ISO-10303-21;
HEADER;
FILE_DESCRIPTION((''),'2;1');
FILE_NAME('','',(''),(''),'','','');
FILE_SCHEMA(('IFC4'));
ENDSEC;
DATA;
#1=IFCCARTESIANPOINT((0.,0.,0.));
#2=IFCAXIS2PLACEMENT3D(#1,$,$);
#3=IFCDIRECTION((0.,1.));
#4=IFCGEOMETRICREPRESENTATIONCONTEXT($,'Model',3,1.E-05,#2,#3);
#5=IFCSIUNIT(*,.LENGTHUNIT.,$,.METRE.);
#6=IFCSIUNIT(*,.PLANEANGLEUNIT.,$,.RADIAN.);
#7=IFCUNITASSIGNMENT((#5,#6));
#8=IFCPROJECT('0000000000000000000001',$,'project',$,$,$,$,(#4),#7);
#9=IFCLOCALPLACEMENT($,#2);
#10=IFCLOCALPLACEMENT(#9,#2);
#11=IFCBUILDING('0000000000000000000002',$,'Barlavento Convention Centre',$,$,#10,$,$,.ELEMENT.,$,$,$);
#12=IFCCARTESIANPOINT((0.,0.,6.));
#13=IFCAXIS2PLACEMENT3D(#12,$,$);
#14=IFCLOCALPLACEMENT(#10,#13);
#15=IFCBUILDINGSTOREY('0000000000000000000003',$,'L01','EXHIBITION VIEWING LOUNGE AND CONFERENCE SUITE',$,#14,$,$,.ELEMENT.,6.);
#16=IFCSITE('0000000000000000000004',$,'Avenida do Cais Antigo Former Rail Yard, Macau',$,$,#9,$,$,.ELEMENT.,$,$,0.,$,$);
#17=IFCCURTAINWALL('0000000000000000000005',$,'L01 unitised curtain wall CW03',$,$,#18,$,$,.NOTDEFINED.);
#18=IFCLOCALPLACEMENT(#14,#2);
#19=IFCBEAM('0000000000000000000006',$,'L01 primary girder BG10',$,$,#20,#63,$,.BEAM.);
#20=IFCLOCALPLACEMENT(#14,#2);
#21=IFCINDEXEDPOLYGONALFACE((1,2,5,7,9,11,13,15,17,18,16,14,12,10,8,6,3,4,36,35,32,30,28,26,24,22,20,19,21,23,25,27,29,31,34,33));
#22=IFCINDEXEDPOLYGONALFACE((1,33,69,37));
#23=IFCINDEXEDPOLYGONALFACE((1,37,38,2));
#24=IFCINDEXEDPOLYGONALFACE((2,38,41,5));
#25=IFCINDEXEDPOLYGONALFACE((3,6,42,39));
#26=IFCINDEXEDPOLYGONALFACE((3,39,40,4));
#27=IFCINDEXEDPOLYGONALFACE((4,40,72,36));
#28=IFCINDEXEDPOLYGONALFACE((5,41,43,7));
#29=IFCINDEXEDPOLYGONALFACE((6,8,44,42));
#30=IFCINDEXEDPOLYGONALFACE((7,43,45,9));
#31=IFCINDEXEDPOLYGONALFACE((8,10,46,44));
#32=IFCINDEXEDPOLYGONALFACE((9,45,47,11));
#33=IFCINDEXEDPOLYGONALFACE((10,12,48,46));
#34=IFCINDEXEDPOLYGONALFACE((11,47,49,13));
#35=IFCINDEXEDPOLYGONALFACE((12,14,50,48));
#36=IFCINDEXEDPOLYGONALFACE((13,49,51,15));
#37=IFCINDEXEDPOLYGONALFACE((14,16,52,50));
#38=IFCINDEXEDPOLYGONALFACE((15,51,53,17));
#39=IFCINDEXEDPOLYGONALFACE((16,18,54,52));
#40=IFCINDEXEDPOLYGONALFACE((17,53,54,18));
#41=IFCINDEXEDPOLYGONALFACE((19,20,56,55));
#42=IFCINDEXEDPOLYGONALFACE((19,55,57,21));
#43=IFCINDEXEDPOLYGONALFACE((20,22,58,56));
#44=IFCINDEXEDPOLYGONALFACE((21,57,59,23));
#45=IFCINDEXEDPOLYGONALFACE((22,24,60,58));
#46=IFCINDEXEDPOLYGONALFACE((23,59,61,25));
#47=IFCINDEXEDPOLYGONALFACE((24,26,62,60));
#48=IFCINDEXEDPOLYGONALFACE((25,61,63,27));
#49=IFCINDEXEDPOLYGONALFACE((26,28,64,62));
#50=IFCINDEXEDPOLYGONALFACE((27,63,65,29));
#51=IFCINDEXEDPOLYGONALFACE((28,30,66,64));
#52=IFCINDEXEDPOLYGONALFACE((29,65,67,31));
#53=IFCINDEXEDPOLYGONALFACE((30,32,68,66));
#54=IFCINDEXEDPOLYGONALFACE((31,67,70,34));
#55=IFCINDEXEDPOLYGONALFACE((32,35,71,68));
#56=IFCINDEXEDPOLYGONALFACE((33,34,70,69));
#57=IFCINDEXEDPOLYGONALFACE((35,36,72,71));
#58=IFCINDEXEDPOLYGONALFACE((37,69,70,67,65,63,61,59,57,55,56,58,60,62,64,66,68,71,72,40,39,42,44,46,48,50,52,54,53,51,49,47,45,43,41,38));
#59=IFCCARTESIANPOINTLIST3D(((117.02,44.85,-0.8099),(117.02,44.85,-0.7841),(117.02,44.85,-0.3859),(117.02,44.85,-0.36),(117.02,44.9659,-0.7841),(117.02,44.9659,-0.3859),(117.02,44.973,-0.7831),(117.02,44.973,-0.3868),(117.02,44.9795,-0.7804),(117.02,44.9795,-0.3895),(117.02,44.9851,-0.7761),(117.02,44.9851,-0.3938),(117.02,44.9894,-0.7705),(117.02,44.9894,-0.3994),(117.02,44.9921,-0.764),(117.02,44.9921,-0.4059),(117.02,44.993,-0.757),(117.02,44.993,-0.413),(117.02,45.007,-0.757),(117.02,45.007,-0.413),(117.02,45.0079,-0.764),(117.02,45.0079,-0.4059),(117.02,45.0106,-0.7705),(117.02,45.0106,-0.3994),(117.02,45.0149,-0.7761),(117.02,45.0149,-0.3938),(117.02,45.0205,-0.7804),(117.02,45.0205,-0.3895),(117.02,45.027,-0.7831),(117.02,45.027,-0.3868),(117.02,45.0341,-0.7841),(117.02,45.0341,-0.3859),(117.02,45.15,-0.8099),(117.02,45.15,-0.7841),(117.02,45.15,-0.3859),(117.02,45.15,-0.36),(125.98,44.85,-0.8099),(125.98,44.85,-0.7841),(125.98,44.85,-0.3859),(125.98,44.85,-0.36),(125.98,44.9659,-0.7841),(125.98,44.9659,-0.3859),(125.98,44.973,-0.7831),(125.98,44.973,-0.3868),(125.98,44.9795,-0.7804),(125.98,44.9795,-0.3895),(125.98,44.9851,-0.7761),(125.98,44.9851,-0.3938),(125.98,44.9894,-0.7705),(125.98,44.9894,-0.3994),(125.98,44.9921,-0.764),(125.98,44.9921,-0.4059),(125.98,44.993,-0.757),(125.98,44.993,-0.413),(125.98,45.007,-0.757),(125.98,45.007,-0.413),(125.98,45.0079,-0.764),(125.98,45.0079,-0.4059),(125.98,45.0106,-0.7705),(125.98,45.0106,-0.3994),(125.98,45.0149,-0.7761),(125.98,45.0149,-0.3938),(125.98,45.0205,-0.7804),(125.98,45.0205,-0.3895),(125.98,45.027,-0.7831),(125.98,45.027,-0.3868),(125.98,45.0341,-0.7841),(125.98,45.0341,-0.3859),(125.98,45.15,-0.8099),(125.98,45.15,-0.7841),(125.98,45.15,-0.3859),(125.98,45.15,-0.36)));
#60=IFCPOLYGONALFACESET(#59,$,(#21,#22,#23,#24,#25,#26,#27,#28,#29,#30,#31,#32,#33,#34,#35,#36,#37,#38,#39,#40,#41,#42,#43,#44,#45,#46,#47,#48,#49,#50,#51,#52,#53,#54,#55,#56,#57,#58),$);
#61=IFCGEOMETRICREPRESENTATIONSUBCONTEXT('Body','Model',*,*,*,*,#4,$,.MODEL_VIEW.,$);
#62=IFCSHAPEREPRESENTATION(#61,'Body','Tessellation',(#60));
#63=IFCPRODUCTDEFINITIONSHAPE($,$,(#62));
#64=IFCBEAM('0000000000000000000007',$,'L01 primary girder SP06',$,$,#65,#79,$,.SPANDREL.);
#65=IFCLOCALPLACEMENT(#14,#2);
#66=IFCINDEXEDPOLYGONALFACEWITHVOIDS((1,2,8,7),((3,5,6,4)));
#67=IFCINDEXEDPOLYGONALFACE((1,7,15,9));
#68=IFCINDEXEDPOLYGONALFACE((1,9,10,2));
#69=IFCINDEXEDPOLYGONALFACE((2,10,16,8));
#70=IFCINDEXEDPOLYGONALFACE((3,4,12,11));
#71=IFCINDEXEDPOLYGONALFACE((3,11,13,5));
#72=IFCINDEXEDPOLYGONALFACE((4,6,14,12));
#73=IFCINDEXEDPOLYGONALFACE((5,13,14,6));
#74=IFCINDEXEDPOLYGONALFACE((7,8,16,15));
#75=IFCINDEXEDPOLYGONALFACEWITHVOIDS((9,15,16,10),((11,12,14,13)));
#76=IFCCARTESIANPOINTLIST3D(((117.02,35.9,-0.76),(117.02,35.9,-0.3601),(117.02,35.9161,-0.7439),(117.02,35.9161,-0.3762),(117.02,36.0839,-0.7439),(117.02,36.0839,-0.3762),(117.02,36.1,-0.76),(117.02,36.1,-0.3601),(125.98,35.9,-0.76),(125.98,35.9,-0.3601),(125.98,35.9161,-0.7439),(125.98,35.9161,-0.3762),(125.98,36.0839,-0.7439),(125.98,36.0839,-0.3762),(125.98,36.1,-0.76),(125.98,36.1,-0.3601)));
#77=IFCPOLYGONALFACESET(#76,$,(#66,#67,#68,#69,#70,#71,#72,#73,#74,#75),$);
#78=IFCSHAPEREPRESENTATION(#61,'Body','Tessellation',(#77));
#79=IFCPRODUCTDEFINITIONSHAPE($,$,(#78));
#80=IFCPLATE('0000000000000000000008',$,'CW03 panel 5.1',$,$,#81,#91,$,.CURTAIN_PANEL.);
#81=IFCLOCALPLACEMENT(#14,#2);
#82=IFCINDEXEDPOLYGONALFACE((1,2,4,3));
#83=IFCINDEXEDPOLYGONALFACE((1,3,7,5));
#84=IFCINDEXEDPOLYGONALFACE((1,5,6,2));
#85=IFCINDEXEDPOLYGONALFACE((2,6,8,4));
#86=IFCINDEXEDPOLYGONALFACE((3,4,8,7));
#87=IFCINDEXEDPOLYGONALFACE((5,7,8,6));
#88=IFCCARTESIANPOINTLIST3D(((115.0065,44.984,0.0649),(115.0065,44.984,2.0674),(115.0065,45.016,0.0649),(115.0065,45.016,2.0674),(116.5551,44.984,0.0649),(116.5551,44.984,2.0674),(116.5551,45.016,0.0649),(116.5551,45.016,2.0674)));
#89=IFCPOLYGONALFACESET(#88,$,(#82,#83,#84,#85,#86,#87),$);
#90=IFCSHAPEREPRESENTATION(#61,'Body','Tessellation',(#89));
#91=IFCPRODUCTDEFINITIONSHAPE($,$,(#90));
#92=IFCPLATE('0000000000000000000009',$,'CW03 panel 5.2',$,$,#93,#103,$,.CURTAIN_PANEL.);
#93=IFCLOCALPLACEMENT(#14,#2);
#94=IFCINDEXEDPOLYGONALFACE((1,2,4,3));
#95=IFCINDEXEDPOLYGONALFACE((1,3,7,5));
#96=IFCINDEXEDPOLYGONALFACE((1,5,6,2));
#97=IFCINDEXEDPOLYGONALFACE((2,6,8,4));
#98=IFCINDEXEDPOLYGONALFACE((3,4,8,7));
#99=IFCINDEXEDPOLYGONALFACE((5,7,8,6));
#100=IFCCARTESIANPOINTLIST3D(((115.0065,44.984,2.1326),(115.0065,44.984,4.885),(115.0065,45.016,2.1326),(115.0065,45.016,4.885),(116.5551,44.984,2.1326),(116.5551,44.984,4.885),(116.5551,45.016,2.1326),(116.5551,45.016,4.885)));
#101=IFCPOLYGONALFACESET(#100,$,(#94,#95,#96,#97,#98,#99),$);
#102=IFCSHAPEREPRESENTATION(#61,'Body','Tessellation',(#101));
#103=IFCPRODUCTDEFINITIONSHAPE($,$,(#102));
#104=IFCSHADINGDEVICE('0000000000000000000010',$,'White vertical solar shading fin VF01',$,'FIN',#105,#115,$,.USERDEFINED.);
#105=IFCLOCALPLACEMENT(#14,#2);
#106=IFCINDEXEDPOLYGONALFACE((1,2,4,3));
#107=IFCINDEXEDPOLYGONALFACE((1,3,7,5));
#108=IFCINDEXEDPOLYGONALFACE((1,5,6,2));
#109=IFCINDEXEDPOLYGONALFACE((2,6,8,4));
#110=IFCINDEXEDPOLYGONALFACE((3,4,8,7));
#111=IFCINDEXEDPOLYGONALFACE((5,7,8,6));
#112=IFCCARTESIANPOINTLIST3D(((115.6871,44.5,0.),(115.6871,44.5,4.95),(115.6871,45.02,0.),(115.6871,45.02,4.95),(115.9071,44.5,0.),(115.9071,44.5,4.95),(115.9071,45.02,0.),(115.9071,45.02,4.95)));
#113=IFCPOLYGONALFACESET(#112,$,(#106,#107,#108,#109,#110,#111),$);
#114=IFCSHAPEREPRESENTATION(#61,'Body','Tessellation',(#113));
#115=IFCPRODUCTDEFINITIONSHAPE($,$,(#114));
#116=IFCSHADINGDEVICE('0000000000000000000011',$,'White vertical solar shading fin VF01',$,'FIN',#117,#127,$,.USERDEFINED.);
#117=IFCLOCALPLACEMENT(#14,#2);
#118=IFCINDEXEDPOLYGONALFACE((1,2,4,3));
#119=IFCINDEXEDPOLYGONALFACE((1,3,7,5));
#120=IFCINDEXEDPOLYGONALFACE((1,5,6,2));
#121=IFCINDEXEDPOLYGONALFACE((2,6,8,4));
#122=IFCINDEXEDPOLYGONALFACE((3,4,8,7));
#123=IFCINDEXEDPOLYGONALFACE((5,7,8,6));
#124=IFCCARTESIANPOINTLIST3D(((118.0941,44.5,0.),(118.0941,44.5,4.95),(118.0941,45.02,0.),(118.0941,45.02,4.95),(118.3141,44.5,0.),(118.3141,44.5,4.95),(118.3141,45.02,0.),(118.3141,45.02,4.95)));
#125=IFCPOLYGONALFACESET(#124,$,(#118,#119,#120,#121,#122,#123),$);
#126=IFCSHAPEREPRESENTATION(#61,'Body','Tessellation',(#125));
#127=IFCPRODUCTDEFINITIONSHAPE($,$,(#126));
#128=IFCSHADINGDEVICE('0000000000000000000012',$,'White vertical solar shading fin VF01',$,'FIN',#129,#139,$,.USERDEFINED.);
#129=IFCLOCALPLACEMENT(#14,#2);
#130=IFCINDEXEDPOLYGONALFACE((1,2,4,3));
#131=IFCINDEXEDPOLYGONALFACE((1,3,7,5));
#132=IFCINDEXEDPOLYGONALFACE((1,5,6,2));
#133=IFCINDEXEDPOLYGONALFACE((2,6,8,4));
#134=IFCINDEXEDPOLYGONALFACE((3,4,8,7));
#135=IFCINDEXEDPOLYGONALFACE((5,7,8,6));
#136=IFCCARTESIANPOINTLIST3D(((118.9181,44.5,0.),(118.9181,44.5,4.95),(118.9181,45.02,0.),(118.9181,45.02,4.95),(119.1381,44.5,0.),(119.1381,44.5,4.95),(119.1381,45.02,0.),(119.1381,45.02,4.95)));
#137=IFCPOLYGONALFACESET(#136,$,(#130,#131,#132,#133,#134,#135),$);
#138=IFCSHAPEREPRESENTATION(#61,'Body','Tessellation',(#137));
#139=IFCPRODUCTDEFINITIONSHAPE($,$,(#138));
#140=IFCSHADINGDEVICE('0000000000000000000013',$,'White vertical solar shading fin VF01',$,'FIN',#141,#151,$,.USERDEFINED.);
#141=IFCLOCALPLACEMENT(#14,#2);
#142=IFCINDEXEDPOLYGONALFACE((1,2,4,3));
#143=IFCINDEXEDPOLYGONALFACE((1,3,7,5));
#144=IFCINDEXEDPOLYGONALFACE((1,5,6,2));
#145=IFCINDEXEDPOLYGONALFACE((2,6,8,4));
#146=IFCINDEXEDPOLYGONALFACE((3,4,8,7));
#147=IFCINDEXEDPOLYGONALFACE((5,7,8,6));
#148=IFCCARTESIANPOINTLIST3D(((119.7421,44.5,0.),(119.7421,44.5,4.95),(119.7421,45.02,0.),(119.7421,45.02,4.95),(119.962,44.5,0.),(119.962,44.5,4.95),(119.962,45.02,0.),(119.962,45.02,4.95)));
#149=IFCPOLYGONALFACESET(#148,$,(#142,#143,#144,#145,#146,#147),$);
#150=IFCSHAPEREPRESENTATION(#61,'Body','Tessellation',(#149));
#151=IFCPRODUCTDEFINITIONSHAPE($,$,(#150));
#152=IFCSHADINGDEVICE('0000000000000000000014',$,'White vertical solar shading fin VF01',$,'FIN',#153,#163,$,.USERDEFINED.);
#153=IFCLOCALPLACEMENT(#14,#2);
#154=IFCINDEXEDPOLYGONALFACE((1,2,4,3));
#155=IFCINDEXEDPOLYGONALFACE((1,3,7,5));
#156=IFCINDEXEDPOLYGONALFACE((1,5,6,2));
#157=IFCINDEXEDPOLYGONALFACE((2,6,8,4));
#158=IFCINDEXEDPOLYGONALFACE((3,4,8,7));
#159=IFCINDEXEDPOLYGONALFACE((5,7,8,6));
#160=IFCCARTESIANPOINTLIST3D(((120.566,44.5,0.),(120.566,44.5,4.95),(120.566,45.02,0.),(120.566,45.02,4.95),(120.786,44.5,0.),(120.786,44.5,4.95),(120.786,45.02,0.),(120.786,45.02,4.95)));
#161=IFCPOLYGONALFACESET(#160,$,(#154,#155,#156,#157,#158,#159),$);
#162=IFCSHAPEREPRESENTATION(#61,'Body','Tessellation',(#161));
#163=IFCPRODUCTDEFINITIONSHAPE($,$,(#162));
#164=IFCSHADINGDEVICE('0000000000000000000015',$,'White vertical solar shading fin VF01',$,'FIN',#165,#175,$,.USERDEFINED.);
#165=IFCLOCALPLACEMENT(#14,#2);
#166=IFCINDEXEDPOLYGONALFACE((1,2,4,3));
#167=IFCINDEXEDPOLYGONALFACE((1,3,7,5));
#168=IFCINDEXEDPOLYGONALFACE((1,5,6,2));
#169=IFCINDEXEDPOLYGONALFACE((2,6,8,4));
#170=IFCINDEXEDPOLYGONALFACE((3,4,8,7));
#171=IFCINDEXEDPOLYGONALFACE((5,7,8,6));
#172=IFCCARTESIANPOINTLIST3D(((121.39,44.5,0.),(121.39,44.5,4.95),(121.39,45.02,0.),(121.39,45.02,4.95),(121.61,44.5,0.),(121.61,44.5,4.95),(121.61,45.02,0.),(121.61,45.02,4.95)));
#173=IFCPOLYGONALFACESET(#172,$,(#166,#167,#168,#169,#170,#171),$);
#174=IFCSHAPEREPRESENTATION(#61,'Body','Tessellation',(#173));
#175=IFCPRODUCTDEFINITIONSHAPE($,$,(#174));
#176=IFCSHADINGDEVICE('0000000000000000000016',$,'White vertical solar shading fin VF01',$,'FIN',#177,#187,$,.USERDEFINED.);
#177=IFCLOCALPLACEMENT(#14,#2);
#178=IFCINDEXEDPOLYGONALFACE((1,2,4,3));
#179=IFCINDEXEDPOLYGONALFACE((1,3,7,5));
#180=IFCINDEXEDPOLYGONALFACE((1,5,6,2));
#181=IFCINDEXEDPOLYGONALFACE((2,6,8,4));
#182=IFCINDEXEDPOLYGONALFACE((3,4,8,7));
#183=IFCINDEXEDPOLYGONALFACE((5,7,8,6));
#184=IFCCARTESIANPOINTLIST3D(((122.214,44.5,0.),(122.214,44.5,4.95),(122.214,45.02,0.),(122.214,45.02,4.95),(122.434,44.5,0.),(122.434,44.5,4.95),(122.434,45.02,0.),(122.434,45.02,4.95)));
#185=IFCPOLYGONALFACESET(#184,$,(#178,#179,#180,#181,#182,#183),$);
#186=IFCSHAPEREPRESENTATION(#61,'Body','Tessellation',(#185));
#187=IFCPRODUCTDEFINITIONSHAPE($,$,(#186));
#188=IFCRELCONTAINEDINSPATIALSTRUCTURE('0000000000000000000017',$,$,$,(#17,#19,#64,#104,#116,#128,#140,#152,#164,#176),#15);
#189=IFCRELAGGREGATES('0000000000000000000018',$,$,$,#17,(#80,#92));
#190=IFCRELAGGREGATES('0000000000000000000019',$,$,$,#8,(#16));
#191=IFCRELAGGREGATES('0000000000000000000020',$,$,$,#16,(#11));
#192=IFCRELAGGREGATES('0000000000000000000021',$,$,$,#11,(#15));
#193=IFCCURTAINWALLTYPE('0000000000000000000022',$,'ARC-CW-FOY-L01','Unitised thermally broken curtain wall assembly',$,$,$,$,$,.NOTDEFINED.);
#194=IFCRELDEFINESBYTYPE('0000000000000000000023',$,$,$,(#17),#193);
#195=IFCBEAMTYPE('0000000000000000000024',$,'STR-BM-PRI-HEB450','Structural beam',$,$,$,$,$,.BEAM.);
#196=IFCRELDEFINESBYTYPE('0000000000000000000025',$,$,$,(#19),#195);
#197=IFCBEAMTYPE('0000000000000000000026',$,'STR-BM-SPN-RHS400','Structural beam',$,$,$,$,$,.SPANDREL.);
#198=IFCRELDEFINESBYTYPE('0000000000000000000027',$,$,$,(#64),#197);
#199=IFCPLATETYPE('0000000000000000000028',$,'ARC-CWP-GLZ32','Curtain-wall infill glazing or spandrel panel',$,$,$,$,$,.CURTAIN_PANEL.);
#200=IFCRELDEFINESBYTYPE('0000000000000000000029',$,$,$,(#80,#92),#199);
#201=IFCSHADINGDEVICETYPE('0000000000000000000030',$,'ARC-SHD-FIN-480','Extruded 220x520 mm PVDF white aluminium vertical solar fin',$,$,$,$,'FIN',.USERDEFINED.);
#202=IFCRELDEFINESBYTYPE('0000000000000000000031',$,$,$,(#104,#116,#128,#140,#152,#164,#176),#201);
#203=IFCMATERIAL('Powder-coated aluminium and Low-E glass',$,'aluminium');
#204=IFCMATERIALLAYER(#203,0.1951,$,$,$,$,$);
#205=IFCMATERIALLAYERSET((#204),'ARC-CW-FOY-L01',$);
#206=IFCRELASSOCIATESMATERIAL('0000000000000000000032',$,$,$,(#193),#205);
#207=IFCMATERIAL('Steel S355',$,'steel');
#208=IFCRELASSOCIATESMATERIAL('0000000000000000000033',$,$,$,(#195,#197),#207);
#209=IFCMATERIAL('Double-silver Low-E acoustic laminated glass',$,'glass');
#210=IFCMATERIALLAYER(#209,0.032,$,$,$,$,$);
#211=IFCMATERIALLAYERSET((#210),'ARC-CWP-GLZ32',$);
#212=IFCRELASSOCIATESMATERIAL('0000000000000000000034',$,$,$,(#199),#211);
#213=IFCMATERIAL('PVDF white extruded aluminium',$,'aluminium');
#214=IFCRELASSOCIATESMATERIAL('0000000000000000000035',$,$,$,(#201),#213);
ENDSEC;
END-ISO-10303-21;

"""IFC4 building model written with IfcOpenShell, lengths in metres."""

from ifc_helpers import new_model, si_unit, direction, frame, origin, origin_2d, place, context, subcontext, project, spatial, rectangle, hollow_rectangle, i_section, extrude, material, layer, layer_set, material_profile, profile_set, type_object, element, aggregate, save


model = new_model("IFC4")

# Units and contexts
model_context = context("Model", 3, precision=1e-05, world=origin(), true_north=direction((0.0, 1.0)))
body_context = subcontext(model_context, "Body", "Model", "MODEL_VIEW")
ifc_project = project(units=[si_unit("LENGTHUNIT", "METRE"), si_unit("PLANEANGLEUNIT", "RADIAN")], contexts=[model_context])

# Site, building, storey
site_placement = place(None, origin())
site = spatial("IfcSite", under=ifc_project, at=site_placement, Name="Avenida do Cais Antigo Former Rail Yard, Macau", CompositionType="ELEMENT", RefElevation=0.0)
building_placement = place(site_placement, origin())
building = spatial("IfcBuilding", under=site, at=building_placement, Name="Barlavento Convention Centre", CompositionType="ELEMENT")
storey_placement = place(building_placement, frame((0.0, 0.0, 6.0)))
storey = spatial("IfcBuildingStorey", under=building, at=storey_placement, Name="L01", Description="EXHIBITION VIEWING LOUNGE AND CONFERENCE SUITE", CompositionType="ELEMENT", Elevation=6.0)

# Shared definitions
ifc_material_1 = material(Name="Steel S355", Category="steel")

# Curtain wall
ifc_material_2 = material(Name="Powder-coated aluminium and Low-E glass", Category="aluminium")
ifc_layer_1 = layer(ifc_material_2, 0.1951)
ifc_layer_set_1 = layer_set([ifc_layer_1], Name="ARC-CW-FOY-L01")
curtain_wall_type = type_object("IfcCurtainWallType", Name="ARC-CW-FOY-L01", Description="Unitised thermally broken curtain wall assembly", PredefinedType="NOTDEFINED", material=ifc_layer_set_1)
curtain_wall_1_placement = place(storey_placement, origin())
curtain_wall_1 = element("IfcCurtainWall", 1, at=curtain_wall_1_placement, inside=storey, type_object=curtain_wall_type, Name="L01 unitised curtain wall CW03", PredefinedType="NOTDEFINED")

# Beams
ifc_material_profile_1 = material_profile(ifc_material_1, i_section(OverallWidth=0.3, OverallDepth=0.45, WebThickness=0.0139, FlangeThickness=0.0259, FilletRadius=0.0271, at=origin_2d()), Name="HEB 450")
ifc_profile_set_1 = profile_set([ifc_material_profile_1], Name="Steel S355")
beam_type_1 = type_object("IfcBeamType", Name="STR-BM-PRI-HEB450", Description="Structural beam", PredefinedType="BEAM", material=ifc_profile_set_1)
beam_1_placement = place(storey_placement, frame((117.02, 45.0, -0.585), z_axis=(1.0, 0.0, 0.0), x_axis=(0.0, 1.0, 0.0)))
element("IfcBeam", 2, at=beam_1_placement, inside=storey, type_object=beam_type_1, Name="L01 primary girder BG10", PredefinedType="BEAM", context=body_context, shape_type="SweptSolid", body=[
    extrude(i_section(OverallWidth=0.3, OverallDepth=0.45, WebThickness=0.0139, FlangeThickness=0.0259, FilletRadius=0.0271, at=origin_2d()), origin(), (0.0, 0.0, 1.0), 8.96),
])
ifc_material_profile_2 = material_profile(ifc_material_1, hollow_rectangle(XDim=0.2, YDim=0.3999, WallThickness=0.0161, at=origin_2d()), Name="RHS 400x200x16.0")
ifc_profile_set_2 = profile_set([ifc_material_profile_2], Name="Steel S355")
beam_type_2 = type_object("IfcBeamType", Name="STR-BM-SPN-RHS400", Description="Structural beam", PredefinedType="SPANDREL", material=ifc_profile_set_2)
beam_2_placement = place(storey_placement, frame((117.02, 36.0, -0.5601), z_axis=(1.0, 0.0, 0.0), x_axis=(0.0, 1.0, 0.0)))
element("IfcBeam", 3, at=beam_2_placement, inside=storey, type_object=beam_type_2, Name="L01 primary girder SP06", PredefinedType="SPANDREL", context=body_context, shape_type="SweptSolid", body=[
    extrude(hollow_rectangle(XDim=0.2, YDim=0.3999, WallThickness=0.0161, at=origin_2d()), origin(), (0.0, 0.0, 1.0), 8.96),
])

# Plates
ifc_material_3 = material(Name="Double-silver Low-E acoustic laminated glass", Category="glass")
ifc_layer_2 = layer(ifc_material_3, 0.032)
ifc_layer_set_2 = layer_set([ifc_layer_2], Name="ARC-CWP-GLZ32")
plate_type = type_object("IfcPlateType", Name="ARC-CWP-GLZ32", Description="Curtain-wall infill glazing or spandrel panel", PredefinedType="CURTAIN_PANEL", material=ifc_layer_set_2)
plate_1_placement = place(storey_placement, frame((115.7808, 45.0, 0.0649), z_axis=(0.0, 0.0, 1.0), x_axis=(1.0, 0.0, 0.0)))
plate_1 = element("IfcPlate", 4, at=plate_1_placement, type_object=plate_type, Name="CW03 panel 5.1", PredefinedType="CURTAIN_PANEL", context=body_context, shape_type="SweptSolid", body=[
    extrude(rectangle(XDim=1.5486, YDim=0.032, at=origin_2d()), origin(), (0.0, 0.0, 1.0), 2.0024),
])
plate_2_placement = place(storey_placement, frame((115.7808, 45.0, 2.1326), z_axis=(0.0, 0.0, 1.0), x_axis=(1.0, 0.0, 0.0)))
plate_2 = element("IfcPlate", 5, at=plate_2_placement, type_object=plate_type, Name="CW03 panel 5.2", PredefinedType="CURTAIN_PANEL", context=body_context, shape_type="SweptSolid", body=[
    extrude(rectangle(XDim=1.5486, YDim=0.032, at=origin_2d()), origin(), (0.0, 0.0, 1.0), 2.7524),
])
aggregate(curtain_wall_1, [plate_1, plate_2])

# Shading devices
ifc_material_4 = material(Name="PVDF white extruded aluminium", Category="aluminium")
shading_device_type = type_object("IfcShadingDeviceType", Name="ARC-SHD-FIN-480", Description="Extruded 220x520 mm PVDF white aluminium vertical solar fin", ElementType="FIN", PredefinedType="USERDEFINED", material=ifc_material_4)
for number, where, z_axis, x_axis, name in (
    (6, (115.7971, 44.76, 0.0), (0.0, 0.0, 1.0), (1.0, 0.0, 0.0), "White vertical solar shading fin VF01"),
    (7, (118.2041, 44.76, 0.0), (0.0, 0.0, 1.0), (1.0, 0.0, 0.0), "White vertical solar shading fin VF01"),
    (8, (119.0281, 44.76, 0.0), (0.0, 0.0, 1.0), (1.0, 0.0, 0.0), "White vertical solar shading fin VF01"),
    (9, (119.8521, 44.76, 0.0), (0.0, 0.0, 1.0), (1.0, 0.0, 0.0), "White vertical solar shading fin VF01"),
    (10, (120.676, 44.76, 0.0), (0.0, 0.0, 1.0), (1.0, 0.0, 0.0), "White vertical solar shading fin VF01"),
    (11, (121.5, 44.76, 0.0), (0.0, 0.0, 1.0), (1.0, 0.0, 0.0), "White vertical solar shading fin VF01"),
    (12, (122.324, 44.76, 0.0), (0.0, 0.0, 1.0), (1.0, 0.0, 0.0), "White vertical solar shading fin VF01"),
):
    element("IfcShadingDevice", number, at=place(storey_placement, frame(where, z_axis=z_axis, x_axis=x_axis)), inside=storey, type_object=shading_device_type, Name=name, ObjectType="FIN", PredefinedType="USERDEFINED", context=body_context, shape_type="SweptSolid", body=[
        extrude(rectangle(XDim=0.22, YDim=0.52, at=origin_2d()), origin(), (0.0, 0.0, 1.0), 4.95),
    ])

save(model, "model.ifc")
